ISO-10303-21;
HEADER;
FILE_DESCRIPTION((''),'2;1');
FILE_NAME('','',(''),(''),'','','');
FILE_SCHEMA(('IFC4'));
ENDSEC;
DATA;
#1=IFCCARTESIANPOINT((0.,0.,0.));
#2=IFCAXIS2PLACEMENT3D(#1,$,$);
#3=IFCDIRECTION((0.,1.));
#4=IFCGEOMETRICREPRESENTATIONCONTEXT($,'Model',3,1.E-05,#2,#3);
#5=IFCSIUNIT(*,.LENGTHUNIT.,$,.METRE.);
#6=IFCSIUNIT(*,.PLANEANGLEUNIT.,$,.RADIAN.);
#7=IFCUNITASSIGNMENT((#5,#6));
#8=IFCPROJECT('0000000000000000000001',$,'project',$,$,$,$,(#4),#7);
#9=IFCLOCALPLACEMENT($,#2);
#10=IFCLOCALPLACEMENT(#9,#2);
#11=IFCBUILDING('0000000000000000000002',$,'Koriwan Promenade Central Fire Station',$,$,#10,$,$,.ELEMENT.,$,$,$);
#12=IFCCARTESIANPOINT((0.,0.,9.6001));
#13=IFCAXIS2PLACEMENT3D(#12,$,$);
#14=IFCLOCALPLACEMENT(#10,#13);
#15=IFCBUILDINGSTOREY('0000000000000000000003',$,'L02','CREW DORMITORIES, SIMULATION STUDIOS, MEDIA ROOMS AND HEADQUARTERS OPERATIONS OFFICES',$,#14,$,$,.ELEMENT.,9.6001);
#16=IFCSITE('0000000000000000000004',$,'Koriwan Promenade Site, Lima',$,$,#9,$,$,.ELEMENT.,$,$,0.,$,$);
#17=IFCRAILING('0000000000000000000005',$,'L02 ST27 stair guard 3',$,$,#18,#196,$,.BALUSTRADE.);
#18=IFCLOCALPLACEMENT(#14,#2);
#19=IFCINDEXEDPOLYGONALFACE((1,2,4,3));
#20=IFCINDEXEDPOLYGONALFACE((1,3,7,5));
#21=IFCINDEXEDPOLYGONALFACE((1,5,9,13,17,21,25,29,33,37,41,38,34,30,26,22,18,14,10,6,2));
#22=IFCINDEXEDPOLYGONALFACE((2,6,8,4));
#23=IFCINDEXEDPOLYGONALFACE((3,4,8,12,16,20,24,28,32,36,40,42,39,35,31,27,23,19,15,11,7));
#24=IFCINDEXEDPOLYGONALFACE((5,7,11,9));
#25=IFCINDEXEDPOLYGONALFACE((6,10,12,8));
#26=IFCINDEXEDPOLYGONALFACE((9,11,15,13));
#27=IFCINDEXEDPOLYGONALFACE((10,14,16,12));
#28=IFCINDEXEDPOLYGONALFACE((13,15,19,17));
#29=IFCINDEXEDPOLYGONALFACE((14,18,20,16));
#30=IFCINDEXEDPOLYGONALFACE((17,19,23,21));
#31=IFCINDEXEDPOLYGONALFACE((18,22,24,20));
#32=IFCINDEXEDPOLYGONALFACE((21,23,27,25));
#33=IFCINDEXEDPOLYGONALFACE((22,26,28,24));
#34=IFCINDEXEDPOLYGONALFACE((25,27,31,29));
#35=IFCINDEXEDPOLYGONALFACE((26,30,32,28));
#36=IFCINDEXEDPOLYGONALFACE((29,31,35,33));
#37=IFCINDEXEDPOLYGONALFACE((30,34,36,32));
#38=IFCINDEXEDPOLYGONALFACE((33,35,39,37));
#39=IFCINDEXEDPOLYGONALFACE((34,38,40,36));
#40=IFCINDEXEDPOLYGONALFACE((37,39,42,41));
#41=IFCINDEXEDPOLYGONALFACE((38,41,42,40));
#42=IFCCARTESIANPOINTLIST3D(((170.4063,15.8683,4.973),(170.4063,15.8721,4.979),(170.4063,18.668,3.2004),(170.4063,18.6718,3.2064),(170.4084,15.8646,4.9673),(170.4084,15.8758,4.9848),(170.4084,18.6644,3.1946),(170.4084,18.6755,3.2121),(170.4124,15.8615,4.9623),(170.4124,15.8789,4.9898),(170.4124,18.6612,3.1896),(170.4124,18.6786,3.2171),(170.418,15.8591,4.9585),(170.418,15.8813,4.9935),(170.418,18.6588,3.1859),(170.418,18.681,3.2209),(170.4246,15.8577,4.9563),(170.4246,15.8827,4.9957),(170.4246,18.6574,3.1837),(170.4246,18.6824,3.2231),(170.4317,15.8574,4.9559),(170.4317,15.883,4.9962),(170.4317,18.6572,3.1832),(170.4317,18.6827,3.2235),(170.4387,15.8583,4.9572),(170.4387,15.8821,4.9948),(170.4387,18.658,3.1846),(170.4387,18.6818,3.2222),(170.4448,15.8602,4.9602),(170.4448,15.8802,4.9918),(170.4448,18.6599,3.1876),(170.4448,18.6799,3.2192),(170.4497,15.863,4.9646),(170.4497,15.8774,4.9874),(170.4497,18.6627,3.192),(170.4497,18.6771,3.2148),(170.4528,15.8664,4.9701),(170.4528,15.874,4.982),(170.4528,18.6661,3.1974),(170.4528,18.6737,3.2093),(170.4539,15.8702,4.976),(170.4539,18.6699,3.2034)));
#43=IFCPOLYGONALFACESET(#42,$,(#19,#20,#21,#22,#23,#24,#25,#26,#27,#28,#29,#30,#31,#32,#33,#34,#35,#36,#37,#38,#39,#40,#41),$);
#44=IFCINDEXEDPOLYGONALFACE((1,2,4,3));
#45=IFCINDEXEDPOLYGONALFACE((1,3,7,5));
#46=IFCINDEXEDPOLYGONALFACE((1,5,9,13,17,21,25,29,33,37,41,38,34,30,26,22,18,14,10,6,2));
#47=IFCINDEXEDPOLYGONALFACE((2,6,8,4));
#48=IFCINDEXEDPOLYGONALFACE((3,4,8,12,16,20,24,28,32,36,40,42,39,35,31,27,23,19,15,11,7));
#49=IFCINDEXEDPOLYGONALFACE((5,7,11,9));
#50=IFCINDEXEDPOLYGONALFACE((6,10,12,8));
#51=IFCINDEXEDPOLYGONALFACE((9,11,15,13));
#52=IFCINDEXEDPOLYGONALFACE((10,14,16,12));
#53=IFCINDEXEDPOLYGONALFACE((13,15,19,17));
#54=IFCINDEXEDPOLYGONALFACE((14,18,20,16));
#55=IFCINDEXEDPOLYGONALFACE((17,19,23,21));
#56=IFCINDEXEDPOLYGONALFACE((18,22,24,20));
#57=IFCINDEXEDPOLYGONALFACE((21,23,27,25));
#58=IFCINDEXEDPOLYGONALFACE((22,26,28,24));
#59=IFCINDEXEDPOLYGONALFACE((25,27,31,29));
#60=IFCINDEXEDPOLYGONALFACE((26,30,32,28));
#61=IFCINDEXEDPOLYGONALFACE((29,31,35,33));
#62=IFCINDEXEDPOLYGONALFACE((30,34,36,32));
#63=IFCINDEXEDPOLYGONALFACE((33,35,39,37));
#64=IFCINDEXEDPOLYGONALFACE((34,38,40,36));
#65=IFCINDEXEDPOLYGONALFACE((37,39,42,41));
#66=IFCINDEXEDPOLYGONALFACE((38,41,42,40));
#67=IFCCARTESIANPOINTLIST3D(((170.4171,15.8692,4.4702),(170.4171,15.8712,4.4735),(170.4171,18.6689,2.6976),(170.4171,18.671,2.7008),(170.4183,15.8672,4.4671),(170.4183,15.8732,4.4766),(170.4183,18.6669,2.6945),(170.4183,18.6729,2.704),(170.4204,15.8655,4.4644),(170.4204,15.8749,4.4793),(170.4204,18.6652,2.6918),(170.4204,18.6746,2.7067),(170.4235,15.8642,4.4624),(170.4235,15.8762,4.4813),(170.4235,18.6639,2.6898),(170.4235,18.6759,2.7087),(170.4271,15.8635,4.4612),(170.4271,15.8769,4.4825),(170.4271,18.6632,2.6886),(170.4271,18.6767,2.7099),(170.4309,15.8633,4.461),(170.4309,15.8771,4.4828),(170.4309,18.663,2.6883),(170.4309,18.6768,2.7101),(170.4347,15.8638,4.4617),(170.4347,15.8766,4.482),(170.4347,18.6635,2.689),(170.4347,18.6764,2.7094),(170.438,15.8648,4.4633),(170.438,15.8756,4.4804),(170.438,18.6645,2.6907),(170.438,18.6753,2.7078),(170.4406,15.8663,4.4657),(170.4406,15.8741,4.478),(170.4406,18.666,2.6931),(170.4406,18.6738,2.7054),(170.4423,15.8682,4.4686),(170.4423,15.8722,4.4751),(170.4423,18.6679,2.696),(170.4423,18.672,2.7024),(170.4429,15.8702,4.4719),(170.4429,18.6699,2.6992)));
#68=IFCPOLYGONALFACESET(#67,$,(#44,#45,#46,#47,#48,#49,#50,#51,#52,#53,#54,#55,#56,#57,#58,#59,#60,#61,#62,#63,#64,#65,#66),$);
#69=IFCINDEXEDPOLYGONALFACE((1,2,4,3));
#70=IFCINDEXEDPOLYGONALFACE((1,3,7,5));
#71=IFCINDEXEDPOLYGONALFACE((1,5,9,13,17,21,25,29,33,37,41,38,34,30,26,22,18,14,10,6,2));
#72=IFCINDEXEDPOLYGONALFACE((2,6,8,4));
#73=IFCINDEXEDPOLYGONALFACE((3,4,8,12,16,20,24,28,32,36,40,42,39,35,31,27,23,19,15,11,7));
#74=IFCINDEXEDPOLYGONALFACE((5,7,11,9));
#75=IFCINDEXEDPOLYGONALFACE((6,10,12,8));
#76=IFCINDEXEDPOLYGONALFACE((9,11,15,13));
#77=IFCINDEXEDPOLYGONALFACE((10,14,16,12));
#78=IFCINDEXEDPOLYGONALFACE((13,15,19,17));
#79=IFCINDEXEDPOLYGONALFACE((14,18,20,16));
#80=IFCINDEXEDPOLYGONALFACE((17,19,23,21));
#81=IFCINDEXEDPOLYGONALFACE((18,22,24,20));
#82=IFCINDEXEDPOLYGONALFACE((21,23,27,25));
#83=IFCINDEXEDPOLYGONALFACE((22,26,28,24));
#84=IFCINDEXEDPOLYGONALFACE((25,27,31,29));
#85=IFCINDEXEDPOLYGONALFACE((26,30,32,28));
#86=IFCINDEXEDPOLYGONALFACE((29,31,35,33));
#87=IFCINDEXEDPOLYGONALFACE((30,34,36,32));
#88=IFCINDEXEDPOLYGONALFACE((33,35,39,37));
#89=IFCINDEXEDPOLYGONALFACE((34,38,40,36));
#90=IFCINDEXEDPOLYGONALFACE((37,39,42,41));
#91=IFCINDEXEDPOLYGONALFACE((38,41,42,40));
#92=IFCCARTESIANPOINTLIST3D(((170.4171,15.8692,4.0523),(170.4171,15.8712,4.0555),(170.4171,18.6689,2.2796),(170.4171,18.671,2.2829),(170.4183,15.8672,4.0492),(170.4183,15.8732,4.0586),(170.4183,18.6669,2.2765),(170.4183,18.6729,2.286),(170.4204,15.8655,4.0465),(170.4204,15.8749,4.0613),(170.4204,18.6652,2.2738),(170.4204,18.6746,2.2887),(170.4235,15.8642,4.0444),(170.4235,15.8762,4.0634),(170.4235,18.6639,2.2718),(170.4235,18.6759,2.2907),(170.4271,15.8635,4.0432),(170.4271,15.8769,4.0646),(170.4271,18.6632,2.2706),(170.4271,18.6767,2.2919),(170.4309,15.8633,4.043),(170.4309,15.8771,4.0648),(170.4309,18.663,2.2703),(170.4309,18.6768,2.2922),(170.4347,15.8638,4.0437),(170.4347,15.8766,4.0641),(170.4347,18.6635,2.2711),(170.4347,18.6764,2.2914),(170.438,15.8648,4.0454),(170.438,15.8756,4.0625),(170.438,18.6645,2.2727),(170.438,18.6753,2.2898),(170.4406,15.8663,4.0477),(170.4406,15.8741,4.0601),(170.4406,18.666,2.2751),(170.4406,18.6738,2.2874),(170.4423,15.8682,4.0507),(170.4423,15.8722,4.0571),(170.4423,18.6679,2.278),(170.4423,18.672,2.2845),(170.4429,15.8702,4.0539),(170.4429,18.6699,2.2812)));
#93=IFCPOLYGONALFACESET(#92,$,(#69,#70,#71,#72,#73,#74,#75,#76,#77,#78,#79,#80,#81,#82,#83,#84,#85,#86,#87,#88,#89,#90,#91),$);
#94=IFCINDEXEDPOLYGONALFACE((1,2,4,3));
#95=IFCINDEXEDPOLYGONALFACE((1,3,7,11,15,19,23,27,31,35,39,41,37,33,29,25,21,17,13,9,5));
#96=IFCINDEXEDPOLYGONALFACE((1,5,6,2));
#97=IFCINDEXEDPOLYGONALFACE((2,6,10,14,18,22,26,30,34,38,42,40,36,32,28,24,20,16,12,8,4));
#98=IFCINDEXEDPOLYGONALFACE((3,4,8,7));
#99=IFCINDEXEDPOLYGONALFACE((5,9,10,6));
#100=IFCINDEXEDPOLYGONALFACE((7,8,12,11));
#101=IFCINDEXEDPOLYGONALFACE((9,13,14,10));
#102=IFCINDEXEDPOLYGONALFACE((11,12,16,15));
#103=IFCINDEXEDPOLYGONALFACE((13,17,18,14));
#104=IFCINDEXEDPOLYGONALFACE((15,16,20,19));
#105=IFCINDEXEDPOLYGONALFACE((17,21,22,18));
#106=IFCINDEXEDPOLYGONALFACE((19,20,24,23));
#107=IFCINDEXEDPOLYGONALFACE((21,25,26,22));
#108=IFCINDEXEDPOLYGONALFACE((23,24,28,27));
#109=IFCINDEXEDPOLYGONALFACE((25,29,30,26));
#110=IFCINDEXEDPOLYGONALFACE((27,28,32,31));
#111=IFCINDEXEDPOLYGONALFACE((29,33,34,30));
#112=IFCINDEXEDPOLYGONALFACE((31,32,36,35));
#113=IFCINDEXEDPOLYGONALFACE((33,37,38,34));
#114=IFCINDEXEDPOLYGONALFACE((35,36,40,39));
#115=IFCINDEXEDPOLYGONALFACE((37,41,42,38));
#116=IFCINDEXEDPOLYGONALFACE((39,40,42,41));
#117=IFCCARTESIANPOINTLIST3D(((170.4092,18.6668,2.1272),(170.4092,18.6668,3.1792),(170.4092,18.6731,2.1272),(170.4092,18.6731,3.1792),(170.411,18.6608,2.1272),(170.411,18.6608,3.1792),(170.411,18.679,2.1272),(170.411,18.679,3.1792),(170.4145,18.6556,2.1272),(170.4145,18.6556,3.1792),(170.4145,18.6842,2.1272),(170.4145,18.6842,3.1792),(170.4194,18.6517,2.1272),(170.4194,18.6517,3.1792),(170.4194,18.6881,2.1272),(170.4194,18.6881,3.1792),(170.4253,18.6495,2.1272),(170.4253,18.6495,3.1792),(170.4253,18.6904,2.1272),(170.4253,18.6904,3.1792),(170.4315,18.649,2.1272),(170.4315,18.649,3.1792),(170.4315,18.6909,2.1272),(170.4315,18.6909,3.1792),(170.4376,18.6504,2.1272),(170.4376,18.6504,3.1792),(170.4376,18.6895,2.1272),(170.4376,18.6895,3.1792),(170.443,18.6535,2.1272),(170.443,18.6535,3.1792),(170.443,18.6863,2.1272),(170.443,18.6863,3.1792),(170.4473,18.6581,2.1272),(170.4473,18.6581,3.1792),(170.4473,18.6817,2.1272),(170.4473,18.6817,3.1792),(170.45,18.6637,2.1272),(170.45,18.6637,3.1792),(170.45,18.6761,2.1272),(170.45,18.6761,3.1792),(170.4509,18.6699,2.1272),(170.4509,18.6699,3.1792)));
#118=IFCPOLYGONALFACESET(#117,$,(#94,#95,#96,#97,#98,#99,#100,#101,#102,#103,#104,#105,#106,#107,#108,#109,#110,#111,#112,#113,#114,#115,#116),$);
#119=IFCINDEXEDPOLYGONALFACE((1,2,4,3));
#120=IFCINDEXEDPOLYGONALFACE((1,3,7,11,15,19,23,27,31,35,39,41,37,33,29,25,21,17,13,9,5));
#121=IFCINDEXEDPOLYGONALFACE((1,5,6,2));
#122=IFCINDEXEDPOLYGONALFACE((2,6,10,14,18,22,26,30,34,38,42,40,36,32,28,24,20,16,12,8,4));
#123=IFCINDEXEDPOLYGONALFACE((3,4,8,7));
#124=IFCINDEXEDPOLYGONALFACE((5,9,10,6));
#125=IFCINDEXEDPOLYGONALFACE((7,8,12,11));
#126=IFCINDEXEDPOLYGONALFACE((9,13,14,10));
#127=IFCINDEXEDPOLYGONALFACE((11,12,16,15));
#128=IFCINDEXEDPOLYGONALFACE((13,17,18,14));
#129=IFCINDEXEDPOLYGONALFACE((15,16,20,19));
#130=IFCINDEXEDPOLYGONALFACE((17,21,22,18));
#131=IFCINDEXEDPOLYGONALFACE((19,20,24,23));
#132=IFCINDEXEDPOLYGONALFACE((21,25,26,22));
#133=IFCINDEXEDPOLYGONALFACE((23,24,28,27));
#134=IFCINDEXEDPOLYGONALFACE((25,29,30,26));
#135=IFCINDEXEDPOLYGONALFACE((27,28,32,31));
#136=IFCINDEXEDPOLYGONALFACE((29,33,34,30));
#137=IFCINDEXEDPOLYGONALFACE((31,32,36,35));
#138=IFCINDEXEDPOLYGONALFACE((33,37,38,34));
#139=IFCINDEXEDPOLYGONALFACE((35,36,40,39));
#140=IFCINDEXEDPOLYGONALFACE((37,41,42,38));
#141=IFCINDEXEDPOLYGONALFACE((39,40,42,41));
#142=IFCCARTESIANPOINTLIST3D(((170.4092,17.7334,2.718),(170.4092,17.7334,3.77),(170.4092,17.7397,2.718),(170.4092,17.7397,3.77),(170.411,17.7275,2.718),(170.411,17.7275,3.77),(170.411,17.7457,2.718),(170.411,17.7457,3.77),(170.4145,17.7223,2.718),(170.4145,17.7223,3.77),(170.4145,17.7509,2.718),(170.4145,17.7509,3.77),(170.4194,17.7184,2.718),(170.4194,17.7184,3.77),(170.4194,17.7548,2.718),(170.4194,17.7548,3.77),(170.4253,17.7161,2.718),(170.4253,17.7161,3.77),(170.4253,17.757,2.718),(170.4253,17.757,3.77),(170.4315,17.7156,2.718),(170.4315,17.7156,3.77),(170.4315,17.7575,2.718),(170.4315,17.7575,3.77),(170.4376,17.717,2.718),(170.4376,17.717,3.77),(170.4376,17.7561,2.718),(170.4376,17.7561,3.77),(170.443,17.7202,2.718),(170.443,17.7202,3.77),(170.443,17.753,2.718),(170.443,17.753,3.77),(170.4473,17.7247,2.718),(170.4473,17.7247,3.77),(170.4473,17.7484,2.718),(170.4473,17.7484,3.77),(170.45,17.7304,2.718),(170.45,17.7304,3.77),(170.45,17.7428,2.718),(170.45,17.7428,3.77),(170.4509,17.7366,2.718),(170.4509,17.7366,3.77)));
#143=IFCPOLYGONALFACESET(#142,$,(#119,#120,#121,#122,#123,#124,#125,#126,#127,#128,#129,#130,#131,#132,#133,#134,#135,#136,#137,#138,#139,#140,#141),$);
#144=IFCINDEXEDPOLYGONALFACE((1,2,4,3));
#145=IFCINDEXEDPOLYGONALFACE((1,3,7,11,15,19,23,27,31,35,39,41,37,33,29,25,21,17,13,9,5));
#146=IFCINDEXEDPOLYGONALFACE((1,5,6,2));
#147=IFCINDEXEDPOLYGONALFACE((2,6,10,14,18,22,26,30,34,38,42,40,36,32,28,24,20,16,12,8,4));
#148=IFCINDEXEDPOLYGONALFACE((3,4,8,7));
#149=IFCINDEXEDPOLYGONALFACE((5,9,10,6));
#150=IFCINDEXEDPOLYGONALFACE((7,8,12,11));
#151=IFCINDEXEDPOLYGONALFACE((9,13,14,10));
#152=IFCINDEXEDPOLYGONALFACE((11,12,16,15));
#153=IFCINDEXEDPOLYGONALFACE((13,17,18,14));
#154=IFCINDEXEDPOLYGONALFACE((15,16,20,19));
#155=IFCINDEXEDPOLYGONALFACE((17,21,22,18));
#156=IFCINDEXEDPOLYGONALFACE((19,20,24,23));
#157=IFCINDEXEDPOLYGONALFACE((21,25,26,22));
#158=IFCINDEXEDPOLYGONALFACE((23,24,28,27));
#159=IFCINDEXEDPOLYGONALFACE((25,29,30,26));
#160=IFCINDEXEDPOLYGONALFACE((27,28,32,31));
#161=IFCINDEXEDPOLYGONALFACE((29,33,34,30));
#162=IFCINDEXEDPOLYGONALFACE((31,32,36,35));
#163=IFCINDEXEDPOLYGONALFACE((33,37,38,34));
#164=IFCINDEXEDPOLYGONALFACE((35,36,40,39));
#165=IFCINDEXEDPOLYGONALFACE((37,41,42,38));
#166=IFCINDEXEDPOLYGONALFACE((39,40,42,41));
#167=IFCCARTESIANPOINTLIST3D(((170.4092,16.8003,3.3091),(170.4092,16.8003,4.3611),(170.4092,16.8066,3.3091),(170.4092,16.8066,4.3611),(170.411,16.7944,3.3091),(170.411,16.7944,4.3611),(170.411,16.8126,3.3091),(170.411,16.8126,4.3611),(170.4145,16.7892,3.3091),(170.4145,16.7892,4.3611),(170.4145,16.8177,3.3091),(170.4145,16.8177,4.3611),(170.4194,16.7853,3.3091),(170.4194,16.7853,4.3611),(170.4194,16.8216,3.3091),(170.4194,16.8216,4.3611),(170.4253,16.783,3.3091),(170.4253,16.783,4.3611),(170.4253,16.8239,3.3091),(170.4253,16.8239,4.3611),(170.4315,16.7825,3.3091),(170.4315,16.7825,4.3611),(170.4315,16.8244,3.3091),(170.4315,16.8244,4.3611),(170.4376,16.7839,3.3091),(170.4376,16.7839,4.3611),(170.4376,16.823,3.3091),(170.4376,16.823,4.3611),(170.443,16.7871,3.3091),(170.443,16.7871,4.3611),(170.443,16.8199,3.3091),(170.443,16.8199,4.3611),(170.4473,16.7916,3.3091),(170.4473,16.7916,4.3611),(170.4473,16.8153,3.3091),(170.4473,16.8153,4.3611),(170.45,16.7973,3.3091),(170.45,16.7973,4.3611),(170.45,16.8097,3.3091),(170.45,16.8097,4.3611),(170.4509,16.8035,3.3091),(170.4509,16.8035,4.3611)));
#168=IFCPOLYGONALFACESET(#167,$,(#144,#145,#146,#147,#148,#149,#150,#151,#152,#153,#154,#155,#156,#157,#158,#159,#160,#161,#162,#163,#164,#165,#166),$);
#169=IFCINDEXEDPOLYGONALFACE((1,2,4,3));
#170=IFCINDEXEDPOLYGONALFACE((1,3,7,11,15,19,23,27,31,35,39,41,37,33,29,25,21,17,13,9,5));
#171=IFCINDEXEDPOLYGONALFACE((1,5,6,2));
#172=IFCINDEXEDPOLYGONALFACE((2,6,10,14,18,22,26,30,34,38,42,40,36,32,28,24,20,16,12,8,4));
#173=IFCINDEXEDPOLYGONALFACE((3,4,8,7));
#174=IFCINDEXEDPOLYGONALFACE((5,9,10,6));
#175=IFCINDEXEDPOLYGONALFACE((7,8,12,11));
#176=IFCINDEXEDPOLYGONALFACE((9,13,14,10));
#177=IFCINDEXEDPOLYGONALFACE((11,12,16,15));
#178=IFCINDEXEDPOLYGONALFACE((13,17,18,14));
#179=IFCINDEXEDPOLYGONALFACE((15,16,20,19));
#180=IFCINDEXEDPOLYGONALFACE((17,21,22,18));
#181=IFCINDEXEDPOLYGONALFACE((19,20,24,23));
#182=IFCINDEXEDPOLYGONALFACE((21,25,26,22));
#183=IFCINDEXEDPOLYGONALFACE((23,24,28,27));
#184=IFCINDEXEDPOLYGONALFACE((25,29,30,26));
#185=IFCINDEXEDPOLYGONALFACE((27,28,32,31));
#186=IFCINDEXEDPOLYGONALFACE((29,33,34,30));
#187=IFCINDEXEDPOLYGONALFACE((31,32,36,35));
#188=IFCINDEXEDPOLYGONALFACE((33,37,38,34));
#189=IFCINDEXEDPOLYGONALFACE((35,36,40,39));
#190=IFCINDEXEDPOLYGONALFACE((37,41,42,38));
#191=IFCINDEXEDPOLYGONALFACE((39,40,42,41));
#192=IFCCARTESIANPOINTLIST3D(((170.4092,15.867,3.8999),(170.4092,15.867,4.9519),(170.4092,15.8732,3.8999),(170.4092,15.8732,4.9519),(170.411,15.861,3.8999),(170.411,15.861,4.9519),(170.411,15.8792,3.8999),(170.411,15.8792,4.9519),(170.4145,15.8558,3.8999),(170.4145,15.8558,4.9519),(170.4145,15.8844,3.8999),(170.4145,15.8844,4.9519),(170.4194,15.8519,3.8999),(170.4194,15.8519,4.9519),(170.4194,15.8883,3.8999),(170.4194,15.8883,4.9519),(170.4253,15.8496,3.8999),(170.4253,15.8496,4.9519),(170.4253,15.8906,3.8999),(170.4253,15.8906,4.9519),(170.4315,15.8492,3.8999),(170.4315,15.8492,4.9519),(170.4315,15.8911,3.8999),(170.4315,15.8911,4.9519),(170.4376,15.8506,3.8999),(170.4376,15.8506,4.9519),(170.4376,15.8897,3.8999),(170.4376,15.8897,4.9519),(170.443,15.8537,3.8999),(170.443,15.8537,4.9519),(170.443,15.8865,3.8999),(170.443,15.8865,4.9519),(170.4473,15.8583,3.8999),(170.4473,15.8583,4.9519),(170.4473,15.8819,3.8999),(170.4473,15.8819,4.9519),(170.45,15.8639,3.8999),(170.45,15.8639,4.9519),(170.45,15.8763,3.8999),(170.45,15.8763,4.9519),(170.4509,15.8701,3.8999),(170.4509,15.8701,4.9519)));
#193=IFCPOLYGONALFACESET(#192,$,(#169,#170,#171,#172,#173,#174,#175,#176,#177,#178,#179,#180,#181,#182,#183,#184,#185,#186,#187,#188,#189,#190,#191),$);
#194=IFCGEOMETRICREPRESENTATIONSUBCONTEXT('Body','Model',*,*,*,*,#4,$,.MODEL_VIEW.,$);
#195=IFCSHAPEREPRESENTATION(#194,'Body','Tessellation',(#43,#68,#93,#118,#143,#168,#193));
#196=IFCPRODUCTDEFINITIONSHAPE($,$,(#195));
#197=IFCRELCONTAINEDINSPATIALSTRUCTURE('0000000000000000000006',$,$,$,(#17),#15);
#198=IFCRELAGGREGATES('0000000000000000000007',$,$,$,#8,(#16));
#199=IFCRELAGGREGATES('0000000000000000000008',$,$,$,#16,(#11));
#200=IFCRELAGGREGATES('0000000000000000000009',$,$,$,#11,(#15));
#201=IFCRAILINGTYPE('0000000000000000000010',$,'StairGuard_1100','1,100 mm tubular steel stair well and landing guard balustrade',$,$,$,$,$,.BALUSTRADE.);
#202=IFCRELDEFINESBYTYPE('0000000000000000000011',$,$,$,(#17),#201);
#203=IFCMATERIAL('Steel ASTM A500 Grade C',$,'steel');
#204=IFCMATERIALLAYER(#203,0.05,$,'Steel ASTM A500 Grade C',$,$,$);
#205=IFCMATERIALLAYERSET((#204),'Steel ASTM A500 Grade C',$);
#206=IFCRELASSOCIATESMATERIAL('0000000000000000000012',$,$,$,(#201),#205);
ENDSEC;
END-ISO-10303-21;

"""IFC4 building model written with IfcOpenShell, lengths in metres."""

from ifc_helpers import new_model, si_unit, direction, frame, origin, origin_2d, place, context, subcontext, project, spatial, circle, extrude, material, layer, layer_set, type_object, element, save


model = new_model("IFC4")

# Units and contexts
model_context = context("Model", 3, precision=1e-05, world=origin(), true_north=direction((0.0, 1.0)))
body_context = subcontext(model_context, "Body", "Model", "MODEL_VIEW")
ifc_project = project(units=[si_unit("LENGTHUNIT", "METRE"), si_unit("PLANEANGLEUNIT", "RADIAN")], contexts=[model_context])

# Site, building, storey
site_placement = place(None, origin())
site = spatial("IfcSite", under=ifc_project, at=site_placement, Name="Koriwan Promenade Site, Lima", CompositionType="ELEMENT", RefElevation=0.0)
building_placement = place(site_placement, origin())
building = spatial("IfcBuilding", under=site, at=building_placement, Name="Koriwan Promenade Central Fire Station", CompositionType="ELEMENT")
storey_placement = place(building_placement, frame((0.0, 0.0, 9.6001)))
storey = spatial("IfcBuildingStorey", under=building, at=storey_placement, Name="L02", Description="CREW DORMITORIES, SIMULATION STUDIOS, MEDIA ROOMS AND HEADQUARTERS OPERATIONS OFFICES", CompositionType="ELEMENT", Elevation=9.6001)

# Railing
ifc_material_1 = material(Name="Steel ASTM A500 Grade C", Category="steel")
ifc_layer_1 = layer(ifc_material_1, 0.05, Name="Steel ASTM A500 Grade C")
ifc_layer_set_1 = layer_set([ifc_layer_1], Name="Steel ASTM A500 Grade C")
railing_type_1 = type_object("IfcRailingType", Name="StairGuard_1100", Description="1,100 mm tubular steel stair well and landing guard balustrade", PredefinedType="BALUSTRADE", material=ifc_layer_set_1)
railing_1_placement = place(storey_placement, frame((170.4299, 18.6699, 2.1272)))
element("IfcRailing", 1, at=railing_1_placement, inside=storey, type_object=railing_type_1, Name="L02 ST27 stair guard 3", PredefinedType="BALUSTRADE", context=body_context, shape_type="SweptSolid", body=[
    extrude(circle(Radius=0.0239, at=origin_2d()), frame((0.0, 0.0, 1.0762), z_axis=(0.0, -0.844888, 0.534943), x_axis=(1.0, 0.0, 0.0)), (0.0, 0.0, 1.0), 3.3137),
    extrude(circle(Radius=0.0129, at=origin_2d()), frame((0.0, 0.0, 0.572), z_axis=(0.0, -0.844888, 0.534943), x_axis=(1.0, 0.0, 0.0)), (0.0, 0.0, 1.0), 3.3137),
    extrude(circle(Radius=0.0129, at=origin_2d()), frame((0.0, 0.0, 0.1541), z_axis=(0.0, -0.844888, 0.534943), x_axis=(1.0, 0.0, 0.0)), (0.0, 0.0, 1.0), 3.3137),
    extrude(circle(Radius=0.021, at=origin_2d()), origin(), (0.0, 0.0, 1.0), 1.052),
    extrude(circle(Radius=0.021, at=origin_2d()), frame((0.0, -0.9333, 0.5908)), (0.0, 0.0, 1.0), 1.052),
    extrude(circle(Radius=0.021, at=origin_2d()), frame((0.0, -1.8665, 1.1819)), (0.0, 0.0, 1.0), 1.052),
    extrude(circle(Radius=0.021, at=origin_2d()), frame((0.0, -2.7998, 1.7727)), (0.0, 0.0, 1.0), 1.052),
])

save(model, "model.ifc")
